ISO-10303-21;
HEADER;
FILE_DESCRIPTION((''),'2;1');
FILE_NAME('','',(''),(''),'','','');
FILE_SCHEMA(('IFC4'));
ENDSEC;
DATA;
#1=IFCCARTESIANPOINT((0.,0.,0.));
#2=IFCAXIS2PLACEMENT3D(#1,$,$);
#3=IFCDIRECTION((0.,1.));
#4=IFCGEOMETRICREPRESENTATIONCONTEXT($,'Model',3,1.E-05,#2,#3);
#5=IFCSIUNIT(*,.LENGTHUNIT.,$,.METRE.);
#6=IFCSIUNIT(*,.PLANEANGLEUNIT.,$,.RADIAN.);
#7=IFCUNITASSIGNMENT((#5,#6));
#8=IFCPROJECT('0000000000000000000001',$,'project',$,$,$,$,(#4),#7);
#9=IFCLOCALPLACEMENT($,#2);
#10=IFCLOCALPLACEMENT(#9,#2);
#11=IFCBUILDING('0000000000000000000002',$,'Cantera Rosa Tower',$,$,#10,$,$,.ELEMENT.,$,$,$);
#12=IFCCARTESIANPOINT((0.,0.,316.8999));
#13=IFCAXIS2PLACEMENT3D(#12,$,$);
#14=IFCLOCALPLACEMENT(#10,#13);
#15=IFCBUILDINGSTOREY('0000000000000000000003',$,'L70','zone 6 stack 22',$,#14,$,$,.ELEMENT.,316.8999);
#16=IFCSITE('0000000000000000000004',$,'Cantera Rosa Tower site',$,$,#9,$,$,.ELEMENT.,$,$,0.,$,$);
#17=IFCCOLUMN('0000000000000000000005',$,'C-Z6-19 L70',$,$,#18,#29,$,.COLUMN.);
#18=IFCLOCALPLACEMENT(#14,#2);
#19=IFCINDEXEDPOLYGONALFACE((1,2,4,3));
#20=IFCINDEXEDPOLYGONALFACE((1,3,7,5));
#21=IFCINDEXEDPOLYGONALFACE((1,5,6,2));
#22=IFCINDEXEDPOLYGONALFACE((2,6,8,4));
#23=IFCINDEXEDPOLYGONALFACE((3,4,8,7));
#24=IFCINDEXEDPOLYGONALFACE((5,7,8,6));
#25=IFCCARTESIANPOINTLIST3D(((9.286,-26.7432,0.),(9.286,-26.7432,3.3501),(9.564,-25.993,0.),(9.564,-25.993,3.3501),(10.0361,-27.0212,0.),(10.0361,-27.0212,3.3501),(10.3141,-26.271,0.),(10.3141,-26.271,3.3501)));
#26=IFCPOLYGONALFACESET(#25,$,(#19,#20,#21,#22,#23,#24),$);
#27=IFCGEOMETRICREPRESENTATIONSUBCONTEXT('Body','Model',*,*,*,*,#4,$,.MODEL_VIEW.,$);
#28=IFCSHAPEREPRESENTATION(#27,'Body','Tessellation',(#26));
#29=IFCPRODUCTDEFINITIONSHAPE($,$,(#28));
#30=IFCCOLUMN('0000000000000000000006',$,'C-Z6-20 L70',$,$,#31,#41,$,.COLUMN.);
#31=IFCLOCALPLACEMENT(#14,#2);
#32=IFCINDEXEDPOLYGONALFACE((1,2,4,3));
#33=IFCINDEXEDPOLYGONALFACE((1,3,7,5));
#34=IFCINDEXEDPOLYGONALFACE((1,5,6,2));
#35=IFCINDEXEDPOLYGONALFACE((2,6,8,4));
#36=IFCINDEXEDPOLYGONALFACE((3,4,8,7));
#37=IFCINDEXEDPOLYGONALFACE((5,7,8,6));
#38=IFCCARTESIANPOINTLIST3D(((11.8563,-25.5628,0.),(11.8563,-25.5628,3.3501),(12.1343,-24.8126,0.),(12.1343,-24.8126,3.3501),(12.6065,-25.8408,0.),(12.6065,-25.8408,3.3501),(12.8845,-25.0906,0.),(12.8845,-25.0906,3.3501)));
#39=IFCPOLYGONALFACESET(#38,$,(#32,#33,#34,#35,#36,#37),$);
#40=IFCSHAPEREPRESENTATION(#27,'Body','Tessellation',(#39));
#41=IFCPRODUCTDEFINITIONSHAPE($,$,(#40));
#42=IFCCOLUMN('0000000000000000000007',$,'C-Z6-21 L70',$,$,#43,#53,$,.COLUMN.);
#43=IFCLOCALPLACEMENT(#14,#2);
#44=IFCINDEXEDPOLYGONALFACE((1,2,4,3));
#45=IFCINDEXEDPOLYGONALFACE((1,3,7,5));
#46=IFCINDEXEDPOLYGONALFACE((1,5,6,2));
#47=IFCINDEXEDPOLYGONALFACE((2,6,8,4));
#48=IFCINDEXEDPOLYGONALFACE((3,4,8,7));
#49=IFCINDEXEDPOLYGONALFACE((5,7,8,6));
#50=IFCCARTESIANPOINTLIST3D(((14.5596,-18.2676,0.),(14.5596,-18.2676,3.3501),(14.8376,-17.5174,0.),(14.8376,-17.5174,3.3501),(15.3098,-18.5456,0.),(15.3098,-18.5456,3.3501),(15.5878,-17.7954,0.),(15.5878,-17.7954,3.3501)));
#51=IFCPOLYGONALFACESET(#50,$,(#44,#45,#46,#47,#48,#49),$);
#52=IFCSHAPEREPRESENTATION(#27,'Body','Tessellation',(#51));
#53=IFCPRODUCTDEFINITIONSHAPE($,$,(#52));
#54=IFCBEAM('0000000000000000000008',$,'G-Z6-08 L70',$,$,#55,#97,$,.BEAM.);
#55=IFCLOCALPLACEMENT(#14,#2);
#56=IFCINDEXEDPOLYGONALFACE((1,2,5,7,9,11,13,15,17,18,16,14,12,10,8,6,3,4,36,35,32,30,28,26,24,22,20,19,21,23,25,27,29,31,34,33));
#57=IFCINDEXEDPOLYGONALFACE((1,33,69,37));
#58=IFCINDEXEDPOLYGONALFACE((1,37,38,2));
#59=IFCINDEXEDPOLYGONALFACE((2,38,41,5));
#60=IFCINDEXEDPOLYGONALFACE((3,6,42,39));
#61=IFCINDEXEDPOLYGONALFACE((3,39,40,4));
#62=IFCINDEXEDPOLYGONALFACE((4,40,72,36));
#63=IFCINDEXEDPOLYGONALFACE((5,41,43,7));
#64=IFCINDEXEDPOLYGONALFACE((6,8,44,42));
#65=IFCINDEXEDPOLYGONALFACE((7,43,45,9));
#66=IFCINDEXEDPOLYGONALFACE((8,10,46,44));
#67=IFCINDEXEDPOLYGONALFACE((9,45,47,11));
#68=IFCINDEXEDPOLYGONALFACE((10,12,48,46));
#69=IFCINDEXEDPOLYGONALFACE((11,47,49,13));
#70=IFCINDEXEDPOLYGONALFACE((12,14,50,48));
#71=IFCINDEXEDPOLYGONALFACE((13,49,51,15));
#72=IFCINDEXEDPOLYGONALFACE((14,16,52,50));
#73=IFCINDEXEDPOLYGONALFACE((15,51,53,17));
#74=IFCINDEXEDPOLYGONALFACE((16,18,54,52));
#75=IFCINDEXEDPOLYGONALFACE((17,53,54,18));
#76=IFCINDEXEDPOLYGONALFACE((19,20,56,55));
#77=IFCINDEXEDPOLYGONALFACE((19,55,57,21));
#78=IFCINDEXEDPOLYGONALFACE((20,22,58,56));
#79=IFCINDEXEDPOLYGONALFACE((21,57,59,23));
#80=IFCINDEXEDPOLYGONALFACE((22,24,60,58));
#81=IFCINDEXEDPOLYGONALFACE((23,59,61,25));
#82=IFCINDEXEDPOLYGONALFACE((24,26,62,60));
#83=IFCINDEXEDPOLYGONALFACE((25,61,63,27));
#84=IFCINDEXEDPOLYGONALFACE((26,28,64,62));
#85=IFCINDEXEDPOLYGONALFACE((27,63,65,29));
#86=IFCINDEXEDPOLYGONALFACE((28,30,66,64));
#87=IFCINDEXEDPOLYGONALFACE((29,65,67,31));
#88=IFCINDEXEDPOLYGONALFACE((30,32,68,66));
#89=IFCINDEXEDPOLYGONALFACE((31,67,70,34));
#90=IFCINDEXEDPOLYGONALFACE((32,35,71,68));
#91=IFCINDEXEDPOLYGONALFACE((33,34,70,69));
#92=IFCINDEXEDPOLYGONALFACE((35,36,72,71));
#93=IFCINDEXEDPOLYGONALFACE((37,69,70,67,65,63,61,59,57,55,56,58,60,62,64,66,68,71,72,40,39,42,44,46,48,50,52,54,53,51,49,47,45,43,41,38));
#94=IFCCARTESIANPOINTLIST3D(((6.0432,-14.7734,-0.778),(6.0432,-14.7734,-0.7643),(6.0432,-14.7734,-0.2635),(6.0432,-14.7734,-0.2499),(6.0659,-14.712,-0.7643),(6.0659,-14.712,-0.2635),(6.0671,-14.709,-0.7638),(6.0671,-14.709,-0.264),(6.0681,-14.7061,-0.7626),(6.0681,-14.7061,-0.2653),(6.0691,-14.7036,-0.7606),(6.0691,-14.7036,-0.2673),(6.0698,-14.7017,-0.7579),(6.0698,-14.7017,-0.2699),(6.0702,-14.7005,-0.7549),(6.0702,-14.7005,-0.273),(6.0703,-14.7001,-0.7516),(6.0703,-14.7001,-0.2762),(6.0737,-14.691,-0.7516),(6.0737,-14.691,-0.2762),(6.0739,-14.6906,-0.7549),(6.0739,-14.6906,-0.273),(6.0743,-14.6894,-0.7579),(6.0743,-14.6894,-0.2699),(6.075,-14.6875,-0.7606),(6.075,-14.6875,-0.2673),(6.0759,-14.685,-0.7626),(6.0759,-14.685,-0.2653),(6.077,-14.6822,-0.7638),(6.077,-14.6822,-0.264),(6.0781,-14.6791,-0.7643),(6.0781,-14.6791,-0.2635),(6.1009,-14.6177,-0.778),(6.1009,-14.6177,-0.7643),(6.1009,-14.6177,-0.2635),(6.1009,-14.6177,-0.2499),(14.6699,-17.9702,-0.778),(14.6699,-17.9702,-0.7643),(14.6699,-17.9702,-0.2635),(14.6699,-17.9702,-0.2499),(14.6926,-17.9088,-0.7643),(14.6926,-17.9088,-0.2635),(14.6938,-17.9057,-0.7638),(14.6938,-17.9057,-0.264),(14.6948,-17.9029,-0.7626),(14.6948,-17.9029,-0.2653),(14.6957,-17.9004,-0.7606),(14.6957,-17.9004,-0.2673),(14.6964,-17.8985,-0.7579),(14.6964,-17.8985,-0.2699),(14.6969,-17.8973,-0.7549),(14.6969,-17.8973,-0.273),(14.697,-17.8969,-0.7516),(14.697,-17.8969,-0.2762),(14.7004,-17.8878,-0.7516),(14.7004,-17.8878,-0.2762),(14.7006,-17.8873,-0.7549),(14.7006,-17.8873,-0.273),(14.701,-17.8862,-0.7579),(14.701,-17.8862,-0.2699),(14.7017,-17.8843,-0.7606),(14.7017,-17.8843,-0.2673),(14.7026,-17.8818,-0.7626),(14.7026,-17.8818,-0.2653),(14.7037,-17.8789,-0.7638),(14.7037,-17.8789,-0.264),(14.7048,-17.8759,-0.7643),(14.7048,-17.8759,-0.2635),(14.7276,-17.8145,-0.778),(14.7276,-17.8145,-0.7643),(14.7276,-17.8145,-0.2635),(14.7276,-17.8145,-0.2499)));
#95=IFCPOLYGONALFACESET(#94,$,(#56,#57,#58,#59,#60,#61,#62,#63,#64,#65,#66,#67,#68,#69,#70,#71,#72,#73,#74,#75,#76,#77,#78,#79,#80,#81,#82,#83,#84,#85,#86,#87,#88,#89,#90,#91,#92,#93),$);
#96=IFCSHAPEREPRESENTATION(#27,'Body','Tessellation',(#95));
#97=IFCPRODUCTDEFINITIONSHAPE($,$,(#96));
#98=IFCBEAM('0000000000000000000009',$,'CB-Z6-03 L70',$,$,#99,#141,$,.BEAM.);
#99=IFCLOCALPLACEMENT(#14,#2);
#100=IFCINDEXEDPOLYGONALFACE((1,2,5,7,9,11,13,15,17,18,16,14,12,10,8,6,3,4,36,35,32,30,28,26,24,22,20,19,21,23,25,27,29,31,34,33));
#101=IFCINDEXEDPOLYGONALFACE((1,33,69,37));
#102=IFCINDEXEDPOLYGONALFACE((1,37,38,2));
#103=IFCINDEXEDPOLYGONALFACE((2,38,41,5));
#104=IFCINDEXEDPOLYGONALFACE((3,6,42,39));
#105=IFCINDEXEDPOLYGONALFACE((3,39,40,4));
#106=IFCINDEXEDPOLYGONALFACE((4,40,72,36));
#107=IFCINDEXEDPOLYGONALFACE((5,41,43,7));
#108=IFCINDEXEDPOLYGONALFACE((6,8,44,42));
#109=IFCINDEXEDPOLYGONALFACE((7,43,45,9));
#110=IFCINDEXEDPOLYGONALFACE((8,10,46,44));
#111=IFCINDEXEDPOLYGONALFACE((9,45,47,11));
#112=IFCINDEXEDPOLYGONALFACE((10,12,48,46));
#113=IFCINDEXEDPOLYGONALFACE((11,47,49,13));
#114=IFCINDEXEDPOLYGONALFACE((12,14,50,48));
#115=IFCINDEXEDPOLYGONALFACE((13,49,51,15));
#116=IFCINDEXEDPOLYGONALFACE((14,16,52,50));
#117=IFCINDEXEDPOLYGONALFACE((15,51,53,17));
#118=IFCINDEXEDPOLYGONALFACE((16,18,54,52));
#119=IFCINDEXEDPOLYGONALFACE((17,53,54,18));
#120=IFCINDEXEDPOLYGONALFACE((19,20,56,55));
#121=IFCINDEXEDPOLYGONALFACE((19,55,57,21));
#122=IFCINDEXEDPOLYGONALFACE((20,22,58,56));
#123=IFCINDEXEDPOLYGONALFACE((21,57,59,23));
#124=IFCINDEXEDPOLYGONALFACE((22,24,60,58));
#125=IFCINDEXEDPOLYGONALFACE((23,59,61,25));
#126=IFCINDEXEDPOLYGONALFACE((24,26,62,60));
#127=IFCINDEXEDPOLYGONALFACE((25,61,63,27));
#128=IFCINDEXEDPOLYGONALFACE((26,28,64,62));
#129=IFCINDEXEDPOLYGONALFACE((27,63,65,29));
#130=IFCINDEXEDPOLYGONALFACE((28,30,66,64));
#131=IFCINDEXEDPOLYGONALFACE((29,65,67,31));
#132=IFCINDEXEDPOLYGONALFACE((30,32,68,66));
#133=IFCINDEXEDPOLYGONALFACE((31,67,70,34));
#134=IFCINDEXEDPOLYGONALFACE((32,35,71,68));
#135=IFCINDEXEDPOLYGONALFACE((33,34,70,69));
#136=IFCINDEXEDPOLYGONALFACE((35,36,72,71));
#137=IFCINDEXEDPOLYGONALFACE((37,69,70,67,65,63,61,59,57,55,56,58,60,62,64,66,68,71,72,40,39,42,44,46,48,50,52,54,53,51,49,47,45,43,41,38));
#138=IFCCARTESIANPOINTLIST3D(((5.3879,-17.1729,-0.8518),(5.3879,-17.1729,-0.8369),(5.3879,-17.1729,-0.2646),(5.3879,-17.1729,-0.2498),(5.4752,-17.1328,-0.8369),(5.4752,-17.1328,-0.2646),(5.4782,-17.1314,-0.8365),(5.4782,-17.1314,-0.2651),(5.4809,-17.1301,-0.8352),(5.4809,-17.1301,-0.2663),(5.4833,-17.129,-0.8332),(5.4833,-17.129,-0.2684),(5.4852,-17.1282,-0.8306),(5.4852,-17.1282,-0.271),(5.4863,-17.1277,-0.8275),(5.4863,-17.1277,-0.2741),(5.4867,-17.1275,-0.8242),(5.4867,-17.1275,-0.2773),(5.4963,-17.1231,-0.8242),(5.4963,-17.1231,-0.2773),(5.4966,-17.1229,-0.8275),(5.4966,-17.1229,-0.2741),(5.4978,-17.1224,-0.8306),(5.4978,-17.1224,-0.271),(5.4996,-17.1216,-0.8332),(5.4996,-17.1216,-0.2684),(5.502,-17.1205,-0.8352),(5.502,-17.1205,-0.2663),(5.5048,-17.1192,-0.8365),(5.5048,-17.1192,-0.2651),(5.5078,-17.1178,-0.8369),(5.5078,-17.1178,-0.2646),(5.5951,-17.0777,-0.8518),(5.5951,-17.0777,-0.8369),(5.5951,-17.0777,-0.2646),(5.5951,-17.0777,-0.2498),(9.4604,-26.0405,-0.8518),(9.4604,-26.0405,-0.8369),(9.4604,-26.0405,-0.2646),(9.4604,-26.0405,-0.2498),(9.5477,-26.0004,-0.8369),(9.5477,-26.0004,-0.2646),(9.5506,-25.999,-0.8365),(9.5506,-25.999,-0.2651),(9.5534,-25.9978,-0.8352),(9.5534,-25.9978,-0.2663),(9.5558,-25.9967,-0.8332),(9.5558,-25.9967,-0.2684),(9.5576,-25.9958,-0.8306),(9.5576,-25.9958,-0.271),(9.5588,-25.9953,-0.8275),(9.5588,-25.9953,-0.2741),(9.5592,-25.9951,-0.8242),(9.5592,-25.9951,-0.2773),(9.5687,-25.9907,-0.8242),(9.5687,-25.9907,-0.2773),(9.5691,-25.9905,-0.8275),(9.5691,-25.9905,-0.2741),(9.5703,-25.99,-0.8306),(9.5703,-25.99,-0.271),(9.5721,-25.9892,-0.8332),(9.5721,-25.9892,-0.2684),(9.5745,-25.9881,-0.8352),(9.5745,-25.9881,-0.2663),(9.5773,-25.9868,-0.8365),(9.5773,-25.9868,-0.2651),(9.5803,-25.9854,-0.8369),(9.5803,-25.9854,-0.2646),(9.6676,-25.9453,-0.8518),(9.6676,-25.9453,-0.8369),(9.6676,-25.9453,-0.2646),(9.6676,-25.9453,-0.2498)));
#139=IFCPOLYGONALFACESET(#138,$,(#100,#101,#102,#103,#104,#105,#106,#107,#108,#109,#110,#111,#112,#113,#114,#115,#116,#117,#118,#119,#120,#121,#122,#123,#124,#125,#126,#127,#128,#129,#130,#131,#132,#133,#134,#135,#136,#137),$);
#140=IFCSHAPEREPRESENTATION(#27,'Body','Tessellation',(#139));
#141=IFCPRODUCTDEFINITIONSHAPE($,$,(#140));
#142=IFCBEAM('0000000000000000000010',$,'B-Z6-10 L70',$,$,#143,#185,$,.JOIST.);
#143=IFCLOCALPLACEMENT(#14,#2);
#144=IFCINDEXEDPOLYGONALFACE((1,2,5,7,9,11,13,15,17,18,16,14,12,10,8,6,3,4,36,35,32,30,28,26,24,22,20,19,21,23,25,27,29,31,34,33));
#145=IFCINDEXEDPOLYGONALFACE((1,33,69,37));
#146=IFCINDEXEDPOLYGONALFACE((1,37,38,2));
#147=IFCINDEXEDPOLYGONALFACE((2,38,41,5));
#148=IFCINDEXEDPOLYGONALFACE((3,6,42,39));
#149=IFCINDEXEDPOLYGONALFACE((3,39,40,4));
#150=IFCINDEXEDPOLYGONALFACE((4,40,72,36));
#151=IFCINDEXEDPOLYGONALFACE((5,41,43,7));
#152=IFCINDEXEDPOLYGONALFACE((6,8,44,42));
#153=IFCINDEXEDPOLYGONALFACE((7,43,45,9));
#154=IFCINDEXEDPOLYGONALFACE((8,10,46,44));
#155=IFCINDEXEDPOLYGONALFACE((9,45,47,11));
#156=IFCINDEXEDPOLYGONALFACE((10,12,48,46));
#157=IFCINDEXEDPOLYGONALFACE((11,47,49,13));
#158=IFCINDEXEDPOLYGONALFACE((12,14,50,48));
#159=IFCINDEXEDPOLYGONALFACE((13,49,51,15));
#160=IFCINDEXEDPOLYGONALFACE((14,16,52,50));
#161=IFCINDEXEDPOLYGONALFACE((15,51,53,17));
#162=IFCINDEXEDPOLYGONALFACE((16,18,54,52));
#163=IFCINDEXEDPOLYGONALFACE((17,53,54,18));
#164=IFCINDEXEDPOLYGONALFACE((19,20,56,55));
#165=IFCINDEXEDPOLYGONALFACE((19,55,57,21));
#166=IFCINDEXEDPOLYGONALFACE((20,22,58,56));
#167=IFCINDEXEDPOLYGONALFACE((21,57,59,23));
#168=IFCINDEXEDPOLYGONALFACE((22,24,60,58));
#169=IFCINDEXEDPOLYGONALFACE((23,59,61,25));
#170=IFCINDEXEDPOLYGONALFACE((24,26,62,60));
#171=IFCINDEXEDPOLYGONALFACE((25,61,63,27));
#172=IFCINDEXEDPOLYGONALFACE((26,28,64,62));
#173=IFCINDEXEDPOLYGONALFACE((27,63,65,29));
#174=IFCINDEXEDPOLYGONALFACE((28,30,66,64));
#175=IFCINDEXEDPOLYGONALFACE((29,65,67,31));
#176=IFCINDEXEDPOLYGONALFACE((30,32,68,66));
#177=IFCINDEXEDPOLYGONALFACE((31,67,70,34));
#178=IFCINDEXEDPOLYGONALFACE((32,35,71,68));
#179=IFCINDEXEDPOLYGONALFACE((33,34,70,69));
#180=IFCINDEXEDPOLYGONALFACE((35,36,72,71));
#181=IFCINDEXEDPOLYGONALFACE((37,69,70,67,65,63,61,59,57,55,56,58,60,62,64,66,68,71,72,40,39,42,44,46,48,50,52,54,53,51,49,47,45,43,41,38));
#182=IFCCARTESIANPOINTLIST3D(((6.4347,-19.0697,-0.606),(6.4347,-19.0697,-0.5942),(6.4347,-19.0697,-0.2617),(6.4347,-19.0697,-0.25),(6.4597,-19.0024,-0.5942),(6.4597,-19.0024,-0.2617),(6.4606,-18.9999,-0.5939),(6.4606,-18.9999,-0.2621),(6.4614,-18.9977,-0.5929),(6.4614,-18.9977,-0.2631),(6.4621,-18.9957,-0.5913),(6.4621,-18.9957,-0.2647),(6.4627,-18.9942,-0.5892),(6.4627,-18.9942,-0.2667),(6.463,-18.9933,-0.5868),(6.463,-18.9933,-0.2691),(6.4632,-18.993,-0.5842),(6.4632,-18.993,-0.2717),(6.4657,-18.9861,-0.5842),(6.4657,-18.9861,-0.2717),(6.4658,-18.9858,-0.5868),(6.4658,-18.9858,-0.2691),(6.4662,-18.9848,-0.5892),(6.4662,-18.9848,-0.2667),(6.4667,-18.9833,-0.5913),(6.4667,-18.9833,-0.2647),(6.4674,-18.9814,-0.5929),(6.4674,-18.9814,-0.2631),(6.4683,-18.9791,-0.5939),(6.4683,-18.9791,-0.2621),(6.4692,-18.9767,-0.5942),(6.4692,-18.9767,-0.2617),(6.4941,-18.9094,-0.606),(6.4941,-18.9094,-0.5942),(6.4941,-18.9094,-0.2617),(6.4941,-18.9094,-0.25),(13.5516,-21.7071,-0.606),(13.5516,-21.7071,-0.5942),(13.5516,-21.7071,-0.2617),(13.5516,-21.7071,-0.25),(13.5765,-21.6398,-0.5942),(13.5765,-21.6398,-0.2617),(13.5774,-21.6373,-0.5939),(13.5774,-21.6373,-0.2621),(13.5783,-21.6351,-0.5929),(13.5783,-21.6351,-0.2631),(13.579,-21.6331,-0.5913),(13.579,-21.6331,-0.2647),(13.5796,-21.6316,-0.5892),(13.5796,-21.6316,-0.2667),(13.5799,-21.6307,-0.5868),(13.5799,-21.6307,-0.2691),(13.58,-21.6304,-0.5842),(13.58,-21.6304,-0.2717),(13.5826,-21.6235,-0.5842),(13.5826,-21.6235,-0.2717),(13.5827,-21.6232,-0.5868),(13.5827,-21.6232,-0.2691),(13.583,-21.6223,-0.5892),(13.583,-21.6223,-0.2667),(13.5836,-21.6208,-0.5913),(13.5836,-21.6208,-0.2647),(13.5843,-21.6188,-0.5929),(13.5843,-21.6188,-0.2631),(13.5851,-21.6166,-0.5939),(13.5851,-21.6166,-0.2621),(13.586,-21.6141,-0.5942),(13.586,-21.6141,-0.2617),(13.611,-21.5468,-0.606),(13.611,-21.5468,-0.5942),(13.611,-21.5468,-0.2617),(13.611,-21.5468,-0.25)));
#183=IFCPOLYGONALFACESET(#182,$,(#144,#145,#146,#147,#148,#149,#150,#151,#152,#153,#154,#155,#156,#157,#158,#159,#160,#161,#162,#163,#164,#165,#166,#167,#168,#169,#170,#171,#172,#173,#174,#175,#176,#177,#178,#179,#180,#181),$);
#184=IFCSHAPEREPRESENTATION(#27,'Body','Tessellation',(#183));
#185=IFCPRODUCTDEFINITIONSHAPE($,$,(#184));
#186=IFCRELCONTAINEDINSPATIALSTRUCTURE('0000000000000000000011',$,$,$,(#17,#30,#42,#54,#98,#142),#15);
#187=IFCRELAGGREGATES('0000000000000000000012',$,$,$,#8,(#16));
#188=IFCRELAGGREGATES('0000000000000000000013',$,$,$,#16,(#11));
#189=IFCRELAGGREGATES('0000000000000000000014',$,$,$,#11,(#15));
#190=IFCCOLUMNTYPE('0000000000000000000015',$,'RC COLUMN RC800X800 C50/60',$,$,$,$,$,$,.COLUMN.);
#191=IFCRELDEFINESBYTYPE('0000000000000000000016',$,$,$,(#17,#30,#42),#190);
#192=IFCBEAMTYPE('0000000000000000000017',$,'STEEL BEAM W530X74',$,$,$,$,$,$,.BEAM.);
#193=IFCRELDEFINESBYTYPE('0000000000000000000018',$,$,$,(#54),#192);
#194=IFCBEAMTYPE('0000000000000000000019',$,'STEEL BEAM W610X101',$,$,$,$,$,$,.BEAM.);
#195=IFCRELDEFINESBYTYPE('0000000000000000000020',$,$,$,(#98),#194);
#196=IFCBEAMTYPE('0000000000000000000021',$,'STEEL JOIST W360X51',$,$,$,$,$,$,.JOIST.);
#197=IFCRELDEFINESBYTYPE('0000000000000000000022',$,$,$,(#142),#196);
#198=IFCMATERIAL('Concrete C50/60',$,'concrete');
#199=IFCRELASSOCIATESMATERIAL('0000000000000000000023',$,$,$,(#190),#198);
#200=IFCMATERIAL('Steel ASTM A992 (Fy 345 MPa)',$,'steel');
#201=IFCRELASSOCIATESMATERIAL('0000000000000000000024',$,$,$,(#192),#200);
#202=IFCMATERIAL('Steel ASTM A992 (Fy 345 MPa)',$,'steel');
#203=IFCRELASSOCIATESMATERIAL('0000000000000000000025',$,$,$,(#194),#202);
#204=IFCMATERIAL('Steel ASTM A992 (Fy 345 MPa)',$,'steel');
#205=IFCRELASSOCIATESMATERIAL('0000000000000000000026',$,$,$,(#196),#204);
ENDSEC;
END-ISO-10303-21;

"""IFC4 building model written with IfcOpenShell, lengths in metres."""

from ifc_helpers import new_model, si_unit, direction, frame, origin, origin_2d, place, context, subcontext, project, spatial, rectangle, i_section, extrude, material, material_profile, profile_set, type_object, element, save


model = new_model("IFC4")

# Units and contexts
model_context = context("Model", 3, precision=1e-05, world=origin(), true_north=direction((0.0, 1.0)))
body_context = subcontext(model_context, "Body", "Model", "MODEL_VIEW")
ifc_project = project(units=[si_unit("LENGTHUNIT", "METRE"), si_unit("PLANEANGLEUNIT", "RADIAN")], contexts=[model_context])

# Site, building, storey
site_placement = place(None, origin())
site = spatial("IfcSite", under=ifc_project, at=site_placement, Name="Cantera Rosa Tower site", CompositionType="ELEMENT", RefElevation=0.0)
building_placement = place(site_placement, origin())
building = spatial("IfcBuilding", under=site, at=building_placement, Name="Cantera Rosa Tower", CompositionType="ELEMENT")
storey_placement = place(building_placement, frame((0.0, 0.0, 316.8999)))
storey = spatial("IfcBuildingStorey", under=building, at=storey_placement, Name="L70", Description="zone 6 stack 22", CompositionType="ELEMENT", Elevation=316.8999)

# Columns
ifc_material_1 = material(Name="Concrete C50/60", Category="concrete")
ifc_material_profile_1 = material_profile(ifc_material_1, rectangle(XDim=0.8, YDim=0.8, at=origin_2d()), Name="RC COLUMN RC800X800 C50/60")
ifc_profile_set_1 = profile_set([ifc_material_profile_1], Name="Concrete C50/60")
column_type = type_object("IfcColumnType", Name="RC COLUMN RC800X800 C50/60", PredefinedType="COLUMN", material=ifc_profile_set_1)
for number, where, z_axis, x_axis, name in (
    (1, (9.8, -26.5071, 0.0), (0.0, 0.0, 1.0), (0.347481, 0.937687, 0.0), "C-Z6-19 L70"),
    (2, (12.3704, -25.3267, 0.0), (0.0, 0.0, 1.0), (0.347481, 0.937687, 0.0), "C-Z6-20 L70"),
    (3, (15.0737, -18.0315, 0.0), (0.0, 0.0, 1.0), (0.347481, 0.937687, 0.0), "C-Z6-21 L70"),
):
    element("IfcColumn", number, at=place(storey_placement, frame(where, z_axis=z_axis, x_axis=x_axis)), inside=storey, type_object=column_type, Name=name, PredefinedType="COLUMN", context=body_context, shape_type="SweptSolid", body=[
        extrude(rectangle(XDim=0.8, YDim=0.8, at=origin_2d()), origin(), (0.0, 0.0, 1.0), 3.3501),
    ])

# Beams
ifc_material_2 = material(Name="Steel ASTM A992 (Fy 345 MPa)", Category="steel")
ifc_material_profile_2 = material_profile(ifc_material_2, i_section(OverallWidth=0.166, OverallDepth=0.5281, WebThickness=0.0098, FlangeThickness=0.0137, FilletRadius=0.0127, at=origin_2d()), Name="W530X74")
ifc_profile_set_2 = profile_set([ifc_material_profile_2], Name="Steel ASTM A992 (Fy 345 MPa)")
beam_type_1 = type_object("IfcBeamType", Name="STEEL BEAM W530X74", PredefinedType="BEAM", material=ifc_profile_set_2)
beam_1_placement = place(storey_placement, frame((14.6987, -17.8923, -0.5139), z_axis=(-0.937689, 0.347477, 0.0), x_axis=(-0.347477, -0.937689, 0.0)))
element("IfcBeam", 4, at=beam_1_placement, inside=storey, type_object=beam_type_1, Name="G-Z6-08 L70", PredefinedType="BEAM", context=body_context, shape_type="SweptSolid", body=[
    extrude(i_section(OverallWidth=0.166, OverallDepth=0.5281, WebThickness=0.0098, FlangeThickness=0.0137, FilletRadius=0.0127, at=origin_2d()), origin(), (0.0, 0.0, 1.0), 9.2),
])
ifc_material_3 = material(Name="Steel ASTM A992 (Fy 345 MPa)", Category="steel")
ifc_material_profile_3 = material_profile(ifc_material_3, i_section(OverallWidth=0.228, OverallDepth=0.6021, WebThickness=0.0105, FlangeThickness=0.0149, FilletRadius=0.0127, at=origin_2d()), Name="W610X101")
ifc_profile_set_3 = profile_set([ifc_material_profile_3], Name="Steel ASTM A992 (Fy 345 MPa)")
beam_type_2 = type_object("IfcBeamType", Name="STEEL BEAM W610X101", PredefinedType="BEAM", material=ifc_profile_set_3)
beam_2_placement = place(storey_placement, frame((9.564, -25.9929, -0.5508), z_axis=(-0.417346, 0.908748, 0.0), x_axis=(-0.908748, -0.417346, 0.0)))
element("IfcBeam", 5, at=beam_2_placement, inside=storey, type_object=beam_type_2, Name="CB-Z6-03 L70", PredefinedType="BEAM", context=body_context, shape_type="SweptSolid", body=[
    extrude(i_section(OverallWidth=0.228, OverallDepth=0.6021, WebThickness=0.0105, FlangeThickness=0.0149, FilletRadius=0.0127, at=origin_2d()), origin(), (0.0, 0.0, 1.0), 9.7581),
])
ifc_material_4 = material(Name="Steel ASTM A992 (Fy 345 MPa)", Category="steel")
ifc_material_profile_4 = material_profile(ifc_material_4, i_section(OverallWidth=0.1709, OverallDepth=0.356, WebThickness=0.0073, FlangeThickness=0.0117, FilletRadius=0.01, at=origin_2d()), Name="W360X51")
ifc_profile_set_4 = profile_set([ifc_material_profile_4], Name="Steel ASTM A992 (Fy 345 MPa)")
beam_type_3 = type_object("IfcBeamType", Name="STEEL JOIST W360X51", PredefinedType="JOIST", material=ifc_profile_set_4)
beam_3_placement = place(storey_placement, frame((13.5813, -21.627, -0.428), z_axis=(-0.937682, 0.347493, 0.0), x_axis=(-0.347493, -0.937682, 0.0)))
element("IfcBeam", 6, at=beam_3_placement, inside=storey, type_object=beam_type_3, Name="B-Z6-10 L70", PredefinedType="JOIST", context=body_context, shape_type="SweptSolid", body=[
    extrude(i_section(OverallWidth=0.1709, OverallDepth=0.356, WebThickness=0.0073, FlangeThickness=0.0117, FilletRadius=0.01, at=origin_2d()), origin(), (0.0, 0.0, 1.0), 7.5898),
])

save(model, "model.ifc")
